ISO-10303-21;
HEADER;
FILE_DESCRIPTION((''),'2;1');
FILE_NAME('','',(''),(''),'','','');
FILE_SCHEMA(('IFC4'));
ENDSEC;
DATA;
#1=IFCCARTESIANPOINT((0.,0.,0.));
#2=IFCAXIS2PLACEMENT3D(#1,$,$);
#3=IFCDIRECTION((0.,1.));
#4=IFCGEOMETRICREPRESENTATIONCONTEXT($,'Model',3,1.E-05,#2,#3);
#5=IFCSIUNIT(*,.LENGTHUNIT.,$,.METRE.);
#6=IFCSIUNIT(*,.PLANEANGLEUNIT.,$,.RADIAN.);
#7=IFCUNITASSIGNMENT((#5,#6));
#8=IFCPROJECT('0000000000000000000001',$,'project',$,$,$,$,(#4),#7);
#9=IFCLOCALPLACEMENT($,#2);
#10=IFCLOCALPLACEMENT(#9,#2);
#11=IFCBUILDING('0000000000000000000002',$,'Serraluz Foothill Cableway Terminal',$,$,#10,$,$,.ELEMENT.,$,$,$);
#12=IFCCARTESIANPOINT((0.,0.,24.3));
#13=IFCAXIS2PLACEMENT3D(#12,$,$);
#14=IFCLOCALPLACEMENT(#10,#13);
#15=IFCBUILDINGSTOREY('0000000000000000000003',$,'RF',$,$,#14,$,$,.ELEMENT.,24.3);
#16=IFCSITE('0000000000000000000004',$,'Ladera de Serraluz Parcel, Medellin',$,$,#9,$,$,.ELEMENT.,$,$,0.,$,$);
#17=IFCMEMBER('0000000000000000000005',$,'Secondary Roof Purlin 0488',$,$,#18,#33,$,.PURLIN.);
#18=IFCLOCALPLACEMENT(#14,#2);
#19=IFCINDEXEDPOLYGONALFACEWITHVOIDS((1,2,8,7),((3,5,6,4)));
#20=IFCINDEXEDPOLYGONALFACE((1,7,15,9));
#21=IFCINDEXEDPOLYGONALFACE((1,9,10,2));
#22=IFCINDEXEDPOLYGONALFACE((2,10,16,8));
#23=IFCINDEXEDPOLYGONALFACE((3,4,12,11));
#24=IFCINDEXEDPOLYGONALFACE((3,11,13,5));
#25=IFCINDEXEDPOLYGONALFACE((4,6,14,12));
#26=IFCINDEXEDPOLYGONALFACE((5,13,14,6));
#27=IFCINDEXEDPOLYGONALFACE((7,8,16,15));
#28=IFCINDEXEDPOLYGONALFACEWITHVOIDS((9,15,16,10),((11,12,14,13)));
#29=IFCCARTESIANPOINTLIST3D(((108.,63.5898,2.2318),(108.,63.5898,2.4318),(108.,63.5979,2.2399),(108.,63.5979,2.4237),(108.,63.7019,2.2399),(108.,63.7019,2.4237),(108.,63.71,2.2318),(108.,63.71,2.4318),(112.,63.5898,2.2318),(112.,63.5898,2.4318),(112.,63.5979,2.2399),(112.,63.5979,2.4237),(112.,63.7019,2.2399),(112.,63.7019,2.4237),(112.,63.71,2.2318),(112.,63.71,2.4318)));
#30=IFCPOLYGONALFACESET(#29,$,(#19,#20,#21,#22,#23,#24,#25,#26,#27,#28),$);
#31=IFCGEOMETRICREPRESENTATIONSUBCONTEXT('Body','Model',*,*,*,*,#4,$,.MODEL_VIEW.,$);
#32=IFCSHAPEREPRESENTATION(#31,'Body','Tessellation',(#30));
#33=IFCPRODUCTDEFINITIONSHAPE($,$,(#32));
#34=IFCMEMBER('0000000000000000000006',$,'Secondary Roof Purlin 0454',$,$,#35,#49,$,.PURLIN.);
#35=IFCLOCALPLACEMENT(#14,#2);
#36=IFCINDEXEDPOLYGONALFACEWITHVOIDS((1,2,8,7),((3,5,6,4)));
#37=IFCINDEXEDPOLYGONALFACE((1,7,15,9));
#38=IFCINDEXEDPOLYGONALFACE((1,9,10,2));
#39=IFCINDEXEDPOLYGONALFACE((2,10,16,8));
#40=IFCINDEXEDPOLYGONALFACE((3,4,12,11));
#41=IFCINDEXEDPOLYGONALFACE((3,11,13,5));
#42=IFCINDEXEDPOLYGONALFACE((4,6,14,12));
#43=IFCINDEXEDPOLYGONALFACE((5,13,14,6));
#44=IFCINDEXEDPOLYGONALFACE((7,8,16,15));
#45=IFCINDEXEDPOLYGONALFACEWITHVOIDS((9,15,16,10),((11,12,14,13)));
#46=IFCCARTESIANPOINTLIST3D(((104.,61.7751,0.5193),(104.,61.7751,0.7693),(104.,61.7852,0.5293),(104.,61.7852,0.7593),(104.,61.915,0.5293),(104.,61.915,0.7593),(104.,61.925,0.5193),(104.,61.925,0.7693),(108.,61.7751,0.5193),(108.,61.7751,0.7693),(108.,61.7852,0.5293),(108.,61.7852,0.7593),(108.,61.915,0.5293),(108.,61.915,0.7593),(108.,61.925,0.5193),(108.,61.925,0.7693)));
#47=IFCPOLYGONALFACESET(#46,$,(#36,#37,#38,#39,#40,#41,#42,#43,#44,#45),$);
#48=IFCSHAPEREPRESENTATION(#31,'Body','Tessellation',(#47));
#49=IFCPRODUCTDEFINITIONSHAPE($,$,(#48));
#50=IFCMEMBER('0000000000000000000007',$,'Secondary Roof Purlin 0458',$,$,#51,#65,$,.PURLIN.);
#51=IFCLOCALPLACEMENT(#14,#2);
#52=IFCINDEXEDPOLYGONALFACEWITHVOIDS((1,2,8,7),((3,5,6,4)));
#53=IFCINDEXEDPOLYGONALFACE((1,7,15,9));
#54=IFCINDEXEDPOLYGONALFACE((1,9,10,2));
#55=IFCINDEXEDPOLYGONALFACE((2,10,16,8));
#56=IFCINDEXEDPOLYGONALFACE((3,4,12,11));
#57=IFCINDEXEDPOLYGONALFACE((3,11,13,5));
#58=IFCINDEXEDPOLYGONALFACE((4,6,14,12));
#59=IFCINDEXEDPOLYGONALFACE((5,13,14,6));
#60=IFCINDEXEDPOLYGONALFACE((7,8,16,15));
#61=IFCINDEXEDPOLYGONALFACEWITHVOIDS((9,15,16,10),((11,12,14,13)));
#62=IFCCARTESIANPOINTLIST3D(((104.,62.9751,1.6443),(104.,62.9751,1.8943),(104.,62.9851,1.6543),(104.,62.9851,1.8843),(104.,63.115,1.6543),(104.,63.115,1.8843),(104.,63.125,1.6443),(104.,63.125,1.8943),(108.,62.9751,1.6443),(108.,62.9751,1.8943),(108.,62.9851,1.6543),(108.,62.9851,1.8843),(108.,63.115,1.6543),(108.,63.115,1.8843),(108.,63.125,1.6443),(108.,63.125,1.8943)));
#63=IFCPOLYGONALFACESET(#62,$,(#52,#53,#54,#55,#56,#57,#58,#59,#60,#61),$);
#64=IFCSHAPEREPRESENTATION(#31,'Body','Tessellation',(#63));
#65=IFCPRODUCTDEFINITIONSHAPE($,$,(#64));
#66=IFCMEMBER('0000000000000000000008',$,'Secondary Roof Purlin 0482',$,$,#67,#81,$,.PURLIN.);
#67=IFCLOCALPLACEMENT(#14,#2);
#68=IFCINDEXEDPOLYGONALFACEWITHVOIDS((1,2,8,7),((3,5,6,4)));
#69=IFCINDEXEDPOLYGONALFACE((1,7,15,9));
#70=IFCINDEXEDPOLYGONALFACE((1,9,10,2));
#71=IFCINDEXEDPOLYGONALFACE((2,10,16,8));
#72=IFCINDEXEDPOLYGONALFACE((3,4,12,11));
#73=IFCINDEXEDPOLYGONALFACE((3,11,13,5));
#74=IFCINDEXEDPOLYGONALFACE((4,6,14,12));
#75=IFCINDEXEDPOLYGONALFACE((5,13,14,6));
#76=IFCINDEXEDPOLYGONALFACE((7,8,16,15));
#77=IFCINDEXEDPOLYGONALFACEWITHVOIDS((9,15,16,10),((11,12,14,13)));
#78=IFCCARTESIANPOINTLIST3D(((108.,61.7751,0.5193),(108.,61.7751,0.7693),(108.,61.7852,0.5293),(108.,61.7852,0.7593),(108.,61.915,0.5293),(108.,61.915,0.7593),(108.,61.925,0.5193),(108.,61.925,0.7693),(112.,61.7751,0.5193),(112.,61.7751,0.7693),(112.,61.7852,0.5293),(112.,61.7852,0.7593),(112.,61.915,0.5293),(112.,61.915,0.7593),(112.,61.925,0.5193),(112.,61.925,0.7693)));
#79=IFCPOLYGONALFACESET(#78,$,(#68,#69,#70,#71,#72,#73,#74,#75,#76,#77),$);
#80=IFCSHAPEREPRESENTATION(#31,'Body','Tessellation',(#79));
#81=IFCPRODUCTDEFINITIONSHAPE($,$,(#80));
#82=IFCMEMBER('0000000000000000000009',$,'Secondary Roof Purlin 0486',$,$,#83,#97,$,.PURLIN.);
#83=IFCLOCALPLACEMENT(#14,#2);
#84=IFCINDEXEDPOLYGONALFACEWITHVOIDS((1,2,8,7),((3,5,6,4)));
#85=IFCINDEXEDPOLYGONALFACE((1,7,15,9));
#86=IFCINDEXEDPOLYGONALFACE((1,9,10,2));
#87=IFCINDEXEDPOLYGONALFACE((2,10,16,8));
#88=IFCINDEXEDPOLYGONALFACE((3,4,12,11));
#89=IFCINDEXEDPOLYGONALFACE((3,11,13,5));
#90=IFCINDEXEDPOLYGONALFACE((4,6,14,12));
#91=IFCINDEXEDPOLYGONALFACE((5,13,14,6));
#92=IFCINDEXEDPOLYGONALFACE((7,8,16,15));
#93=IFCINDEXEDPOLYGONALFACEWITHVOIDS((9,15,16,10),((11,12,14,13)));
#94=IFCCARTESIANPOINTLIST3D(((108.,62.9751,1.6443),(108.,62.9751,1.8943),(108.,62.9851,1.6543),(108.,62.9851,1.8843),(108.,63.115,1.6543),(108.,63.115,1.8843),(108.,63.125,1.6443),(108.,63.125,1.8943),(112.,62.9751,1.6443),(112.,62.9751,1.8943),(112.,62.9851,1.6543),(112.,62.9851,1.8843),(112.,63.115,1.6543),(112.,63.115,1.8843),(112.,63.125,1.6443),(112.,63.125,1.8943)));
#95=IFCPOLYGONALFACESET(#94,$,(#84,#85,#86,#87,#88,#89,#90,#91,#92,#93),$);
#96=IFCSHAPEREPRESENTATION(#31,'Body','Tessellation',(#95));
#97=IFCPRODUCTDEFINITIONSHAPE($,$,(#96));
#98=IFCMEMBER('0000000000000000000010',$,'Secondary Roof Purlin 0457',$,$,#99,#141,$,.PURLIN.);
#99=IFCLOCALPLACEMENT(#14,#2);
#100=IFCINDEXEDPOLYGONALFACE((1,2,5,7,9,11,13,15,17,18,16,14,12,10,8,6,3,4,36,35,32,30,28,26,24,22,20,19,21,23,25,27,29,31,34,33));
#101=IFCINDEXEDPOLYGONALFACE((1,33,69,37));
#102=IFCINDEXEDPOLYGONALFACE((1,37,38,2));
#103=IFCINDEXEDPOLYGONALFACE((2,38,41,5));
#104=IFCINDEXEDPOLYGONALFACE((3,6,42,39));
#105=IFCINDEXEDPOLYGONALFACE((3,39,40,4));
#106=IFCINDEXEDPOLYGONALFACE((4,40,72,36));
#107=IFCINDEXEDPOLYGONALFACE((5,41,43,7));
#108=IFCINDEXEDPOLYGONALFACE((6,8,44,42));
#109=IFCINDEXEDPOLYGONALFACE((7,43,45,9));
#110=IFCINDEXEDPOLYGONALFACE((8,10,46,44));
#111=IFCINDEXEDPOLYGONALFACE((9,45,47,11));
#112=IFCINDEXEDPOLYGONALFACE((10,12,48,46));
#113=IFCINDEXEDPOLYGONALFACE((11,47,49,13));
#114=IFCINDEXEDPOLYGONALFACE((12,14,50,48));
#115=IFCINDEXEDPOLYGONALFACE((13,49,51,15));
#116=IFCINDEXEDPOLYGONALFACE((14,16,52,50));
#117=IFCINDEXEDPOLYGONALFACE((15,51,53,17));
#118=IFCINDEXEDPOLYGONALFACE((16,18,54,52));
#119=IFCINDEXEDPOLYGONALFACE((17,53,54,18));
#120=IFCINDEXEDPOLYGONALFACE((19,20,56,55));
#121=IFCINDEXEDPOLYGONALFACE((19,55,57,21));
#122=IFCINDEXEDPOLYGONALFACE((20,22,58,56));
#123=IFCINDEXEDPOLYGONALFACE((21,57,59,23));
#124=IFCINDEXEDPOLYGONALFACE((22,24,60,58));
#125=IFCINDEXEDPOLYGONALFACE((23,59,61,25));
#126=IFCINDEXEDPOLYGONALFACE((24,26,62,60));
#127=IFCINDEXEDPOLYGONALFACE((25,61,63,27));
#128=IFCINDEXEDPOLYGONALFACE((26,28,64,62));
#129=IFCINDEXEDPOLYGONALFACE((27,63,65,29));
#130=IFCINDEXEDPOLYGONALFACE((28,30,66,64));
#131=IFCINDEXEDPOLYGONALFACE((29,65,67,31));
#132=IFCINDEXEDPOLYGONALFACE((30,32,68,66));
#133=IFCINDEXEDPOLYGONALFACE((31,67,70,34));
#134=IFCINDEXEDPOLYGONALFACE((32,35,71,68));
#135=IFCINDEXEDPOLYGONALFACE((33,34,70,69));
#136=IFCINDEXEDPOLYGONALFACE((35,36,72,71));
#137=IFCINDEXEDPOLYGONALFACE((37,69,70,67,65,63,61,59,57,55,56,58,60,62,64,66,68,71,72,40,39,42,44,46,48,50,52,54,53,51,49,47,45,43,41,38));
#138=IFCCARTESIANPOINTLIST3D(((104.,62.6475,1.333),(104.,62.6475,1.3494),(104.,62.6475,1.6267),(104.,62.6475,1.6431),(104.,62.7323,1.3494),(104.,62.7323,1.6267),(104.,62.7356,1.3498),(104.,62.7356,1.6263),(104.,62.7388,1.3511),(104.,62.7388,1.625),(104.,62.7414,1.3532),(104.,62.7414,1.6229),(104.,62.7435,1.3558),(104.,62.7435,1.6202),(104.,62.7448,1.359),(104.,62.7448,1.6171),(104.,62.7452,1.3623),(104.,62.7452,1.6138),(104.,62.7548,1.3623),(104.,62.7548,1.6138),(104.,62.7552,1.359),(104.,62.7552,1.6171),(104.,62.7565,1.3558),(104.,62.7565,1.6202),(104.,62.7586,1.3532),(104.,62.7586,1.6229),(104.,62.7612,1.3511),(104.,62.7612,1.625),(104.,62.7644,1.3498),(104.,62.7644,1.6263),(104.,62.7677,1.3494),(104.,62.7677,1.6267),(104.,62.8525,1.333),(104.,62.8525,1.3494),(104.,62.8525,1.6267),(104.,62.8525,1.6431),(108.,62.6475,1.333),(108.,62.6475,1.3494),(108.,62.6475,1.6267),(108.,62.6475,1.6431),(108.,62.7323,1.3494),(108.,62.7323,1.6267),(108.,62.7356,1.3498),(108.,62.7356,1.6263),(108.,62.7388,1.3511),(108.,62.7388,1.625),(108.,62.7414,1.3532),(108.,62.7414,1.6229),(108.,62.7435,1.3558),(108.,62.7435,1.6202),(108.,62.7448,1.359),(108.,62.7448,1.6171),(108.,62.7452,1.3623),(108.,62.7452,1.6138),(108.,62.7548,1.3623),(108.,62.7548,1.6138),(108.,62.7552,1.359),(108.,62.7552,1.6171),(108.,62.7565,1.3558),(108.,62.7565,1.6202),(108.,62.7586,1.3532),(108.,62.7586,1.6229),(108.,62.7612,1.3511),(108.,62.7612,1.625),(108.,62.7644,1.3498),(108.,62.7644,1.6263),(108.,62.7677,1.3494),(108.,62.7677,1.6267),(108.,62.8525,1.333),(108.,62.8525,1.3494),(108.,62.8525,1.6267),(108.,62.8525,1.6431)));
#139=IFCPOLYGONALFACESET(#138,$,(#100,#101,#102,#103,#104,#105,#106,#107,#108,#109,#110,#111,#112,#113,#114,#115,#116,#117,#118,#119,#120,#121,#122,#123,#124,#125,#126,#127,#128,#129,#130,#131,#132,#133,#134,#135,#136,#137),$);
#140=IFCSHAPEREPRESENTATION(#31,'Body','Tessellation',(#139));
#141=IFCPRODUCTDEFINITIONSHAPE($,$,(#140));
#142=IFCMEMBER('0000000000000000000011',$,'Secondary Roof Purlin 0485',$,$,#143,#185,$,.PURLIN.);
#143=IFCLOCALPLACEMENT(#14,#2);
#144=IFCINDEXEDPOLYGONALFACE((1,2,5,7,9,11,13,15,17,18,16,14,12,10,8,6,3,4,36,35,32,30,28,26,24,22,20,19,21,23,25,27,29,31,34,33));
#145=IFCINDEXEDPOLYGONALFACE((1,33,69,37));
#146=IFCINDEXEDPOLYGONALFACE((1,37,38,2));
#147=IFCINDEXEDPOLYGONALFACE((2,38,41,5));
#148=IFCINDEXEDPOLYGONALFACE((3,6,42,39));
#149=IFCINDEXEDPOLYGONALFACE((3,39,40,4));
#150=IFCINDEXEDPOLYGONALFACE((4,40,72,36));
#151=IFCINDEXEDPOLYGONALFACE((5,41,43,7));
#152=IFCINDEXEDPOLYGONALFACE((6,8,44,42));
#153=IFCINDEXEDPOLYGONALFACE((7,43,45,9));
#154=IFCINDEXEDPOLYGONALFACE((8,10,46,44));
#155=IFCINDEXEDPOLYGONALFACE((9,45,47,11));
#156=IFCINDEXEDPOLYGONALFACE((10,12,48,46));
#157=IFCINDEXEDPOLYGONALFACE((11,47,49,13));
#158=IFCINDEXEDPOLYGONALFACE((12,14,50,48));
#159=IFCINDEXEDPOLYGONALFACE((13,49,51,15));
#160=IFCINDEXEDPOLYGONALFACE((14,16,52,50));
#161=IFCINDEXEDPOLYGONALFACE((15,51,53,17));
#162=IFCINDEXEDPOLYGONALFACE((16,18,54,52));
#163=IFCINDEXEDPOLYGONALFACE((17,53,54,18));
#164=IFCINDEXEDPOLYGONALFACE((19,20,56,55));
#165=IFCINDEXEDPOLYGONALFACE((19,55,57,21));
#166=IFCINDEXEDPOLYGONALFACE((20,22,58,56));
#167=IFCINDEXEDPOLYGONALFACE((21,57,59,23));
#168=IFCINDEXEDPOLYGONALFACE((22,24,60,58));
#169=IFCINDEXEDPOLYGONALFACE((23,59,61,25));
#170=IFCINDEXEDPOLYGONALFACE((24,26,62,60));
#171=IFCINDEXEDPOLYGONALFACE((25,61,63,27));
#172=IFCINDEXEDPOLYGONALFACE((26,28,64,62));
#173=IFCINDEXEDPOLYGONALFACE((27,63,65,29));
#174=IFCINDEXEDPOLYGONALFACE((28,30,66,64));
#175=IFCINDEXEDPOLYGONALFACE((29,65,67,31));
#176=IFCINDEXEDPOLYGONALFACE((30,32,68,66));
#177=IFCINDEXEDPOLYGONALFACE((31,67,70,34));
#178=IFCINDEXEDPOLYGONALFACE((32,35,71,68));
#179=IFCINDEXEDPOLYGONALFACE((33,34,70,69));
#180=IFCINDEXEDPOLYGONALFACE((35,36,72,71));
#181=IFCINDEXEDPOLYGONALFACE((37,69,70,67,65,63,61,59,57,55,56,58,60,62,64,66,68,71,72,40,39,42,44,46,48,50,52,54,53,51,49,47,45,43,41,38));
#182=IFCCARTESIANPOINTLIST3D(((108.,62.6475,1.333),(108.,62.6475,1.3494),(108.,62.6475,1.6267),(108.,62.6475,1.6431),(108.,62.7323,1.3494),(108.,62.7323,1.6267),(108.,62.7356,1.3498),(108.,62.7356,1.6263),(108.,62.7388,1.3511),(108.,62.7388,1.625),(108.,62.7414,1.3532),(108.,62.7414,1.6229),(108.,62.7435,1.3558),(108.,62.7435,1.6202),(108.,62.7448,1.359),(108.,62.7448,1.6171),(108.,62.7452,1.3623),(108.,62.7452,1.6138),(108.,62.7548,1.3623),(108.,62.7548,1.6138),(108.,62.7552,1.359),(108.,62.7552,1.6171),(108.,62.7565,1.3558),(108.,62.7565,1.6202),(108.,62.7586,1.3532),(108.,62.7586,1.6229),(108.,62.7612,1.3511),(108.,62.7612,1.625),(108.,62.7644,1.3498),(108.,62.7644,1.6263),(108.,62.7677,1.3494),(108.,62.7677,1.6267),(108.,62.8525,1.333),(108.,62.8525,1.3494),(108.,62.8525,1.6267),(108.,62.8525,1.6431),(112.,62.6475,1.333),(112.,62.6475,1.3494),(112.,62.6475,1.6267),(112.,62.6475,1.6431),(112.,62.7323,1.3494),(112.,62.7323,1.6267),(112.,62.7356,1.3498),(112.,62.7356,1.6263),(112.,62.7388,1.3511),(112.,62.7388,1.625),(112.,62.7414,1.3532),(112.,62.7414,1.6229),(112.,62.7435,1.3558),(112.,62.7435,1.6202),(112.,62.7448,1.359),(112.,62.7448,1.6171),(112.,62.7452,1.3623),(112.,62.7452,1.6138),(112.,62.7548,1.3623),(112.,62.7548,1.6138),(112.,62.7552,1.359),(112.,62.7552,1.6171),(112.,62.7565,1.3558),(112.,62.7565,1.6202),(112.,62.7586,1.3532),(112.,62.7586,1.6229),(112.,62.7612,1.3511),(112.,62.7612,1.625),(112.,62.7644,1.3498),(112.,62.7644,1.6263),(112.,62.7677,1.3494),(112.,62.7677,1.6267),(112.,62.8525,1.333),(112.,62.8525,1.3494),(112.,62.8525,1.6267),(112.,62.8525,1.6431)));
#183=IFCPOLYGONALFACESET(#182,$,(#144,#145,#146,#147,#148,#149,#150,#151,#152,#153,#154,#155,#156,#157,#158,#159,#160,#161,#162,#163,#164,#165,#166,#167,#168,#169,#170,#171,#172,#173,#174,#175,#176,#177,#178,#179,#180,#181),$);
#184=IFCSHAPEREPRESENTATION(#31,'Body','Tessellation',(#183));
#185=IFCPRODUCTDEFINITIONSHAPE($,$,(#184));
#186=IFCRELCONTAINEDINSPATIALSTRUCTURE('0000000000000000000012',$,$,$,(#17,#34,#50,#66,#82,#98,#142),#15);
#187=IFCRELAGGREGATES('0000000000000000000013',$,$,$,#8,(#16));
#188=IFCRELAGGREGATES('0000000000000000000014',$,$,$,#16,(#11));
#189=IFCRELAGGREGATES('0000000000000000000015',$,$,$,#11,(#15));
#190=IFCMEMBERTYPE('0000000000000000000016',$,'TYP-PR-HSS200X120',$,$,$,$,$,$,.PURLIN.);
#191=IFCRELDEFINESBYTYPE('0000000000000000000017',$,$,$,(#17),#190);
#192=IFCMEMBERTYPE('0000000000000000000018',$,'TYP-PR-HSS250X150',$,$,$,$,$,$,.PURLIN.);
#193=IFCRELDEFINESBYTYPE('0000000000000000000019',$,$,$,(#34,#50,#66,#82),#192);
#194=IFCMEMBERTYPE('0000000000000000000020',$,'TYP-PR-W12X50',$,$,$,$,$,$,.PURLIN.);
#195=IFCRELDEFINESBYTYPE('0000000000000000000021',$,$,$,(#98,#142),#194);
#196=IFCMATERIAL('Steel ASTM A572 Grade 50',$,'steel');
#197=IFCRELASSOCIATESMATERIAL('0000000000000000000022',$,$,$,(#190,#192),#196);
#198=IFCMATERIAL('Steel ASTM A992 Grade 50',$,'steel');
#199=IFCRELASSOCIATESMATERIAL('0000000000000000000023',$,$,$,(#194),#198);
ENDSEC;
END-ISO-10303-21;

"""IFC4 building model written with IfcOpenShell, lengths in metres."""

from ifc_helpers import new_model, si_unit, direction, frame, origin, origin_2d, place, context, subcontext, project, spatial, hollow_rectangle, i_section, extrude, material, material_profile, profile_set, type_object, element, save


model = new_model("IFC4")

# Units and contexts
model_context = context("Model", 3, precision=1e-05, world=origin(), true_north=direction((0.0, 1.0)))
body_context = subcontext(model_context, "Body", "Model", "MODEL_VIEW")
ifc_project = project(units=[si_unit("LENGTHUNIT", "METRE"), si_unit("PLANEANGLEUNIT", "RADIAN")], contexts=[model_context])

# Site, building, storey
site_placement = place(None, origin())
site = spatial("IfcSite", under=ifc_project, at=site_placement, Name="Ladera de Serraluz Parcel, Medellin", CompositionType="ELEMENT", RefElevation=0.0)
building_placement = place(site_placement, origin())
building = spatial("IfcBuilding", under=site, at=building_placement, Name="Serraluz Foothill Cableway Terminal", CompositionType="ELEMENT")
storey_placement = place(building_placement, frame((0.0, 0.0, 24.3)))
storey = spatial("IfcBuildingStorey", under=building, at=storey_placement, Name="RF", CompositionType="ELEMENT", Elevation=24.3)

# Members
ifc_material_1 = material(Name="Steel ASTM A572 Grade 50", Category="steel")
ifc_material_profile_1 = material_profile(ifc_material_1, hollow_rectangle(XDim=0.1201, YDim=0.2, WallThickness=0.0081, at=origin_2d()), Name="HSS200X120X8")
ifc_profile_set_1 = profile_set([ifc_material_profile_1], Name="Steel ASTM A572 Grade 50")
member_type_1 = type_object("IfcMemberType", Name="TYP-PR-HSS200X120", PredefinedType="PURLIN", material=ifc_profile_set_1)
for number, where, z_axis, x_axis, name in (
    (1, (108.0, 63.6499, 2.3318), (1.0, 0.0, 0.0), (0.0, 1.0, 0.0), "Secondary Roof Purlin 0488"),
):
    element("IfcMember", number, at=place(storey_placement, frame(where, z_axis=z_axis, x_axis=x_axis)), inside=storey, type_object=member_type_1, Name=name, PredefinedType="PURLIN", context=body_context, shape_type="SweptSolid", body=[
        extrude(hollow_rectangle(XDim=0.1201, YDim=0.2, WallThickness=0.0081, at=origin_2d()), origin(), (0.0, 0.0, 1.0), 4.0),
    ])
ifc_material_profile_2 = material_profile(ifc_material_1, hollow_rectangle(XDim=0.1499, YDim=0.25, WallThickness=0.01, at=origin_2d()), Name="HSS250X150X10")
ifc_profile_set_2 = profile_set([ifc_material_profile_2], Name="Steel ASTM A572 Grade 50")
member_type_2 = type_object("IfcMemberType", Name="TYP-PR-HSS250X150", PredefinedType="PURLIN", material=ifc_profile_set_2)
for number, where, z_axis, x_axis, name in (
    (2, (104.0, 61.8501, 0.6443), (1.0, 0.0, 0.0), (0.0, 1.0, 0.0), "Secondary Roof Purlin 0454"),
    (3, (104.0, 63.05, 1.7693), (1.0, 0.0, 0.0), (0.0, 1.0, 0.0), "Secondary Roof Purlin 0458"),
    (4, (108.0, 61.8501, 0.6443), (1.0, 0.0, 0.0), (0.0, 1.0, 0.0), "Secondary Roof Purlin 0482"),
    (5, (108.0, 63.05, 1.7693), (1.0, 0.0, 0.0), (0.0, 1.0, 0.0), "Secondary Roof Purlin 0486"),
):
    element("IfcMember", number, at=place(storey_placement, frame(where, z_axis=z_axis, x_axis=x_axis)), inside=storey, type_object=member_type_2, Name=name, PredefinedType="PURLIN", context=body_context, shape_type="SweptSolid", body=[
        extrude(hollow_rectangle(XDim=0.1499, YDim=0.25, WallThickness=0.01, at=origin_2d()), origin(), (0.0, 0.0, 1.0), 4.0),
    ])
ifc_material_2 = material(Name="Steel ASTM A992 Grade 50", Category="steel")
ifc_material_profile_3 = material_profile(ifc_material_2, i_section(OverallWidth=0.2051, OverallDepth=0.3101, WebThickness=0.0095, FlangeThickness=0.0164, FilletRadius=0.0129, at=origin_2d()), Name="W12X50")
ifc_profile_set_3 = profile_set([ifc_material_profile_3], Name="Steel ASTM A992 Grade 50")
member_type_3 = type_object("IfcMemberType", Name="TYP-PR-W12X50", PredefinedType="PURLIN", material=ifc_profile_set_3)
for number, where, z_axis, x_axis, name in (
    (6, (104.0, 62.75, 1.488), (1.0, 0.0, 0.0), (0.0, 1.0, 0.0), "Secondary Roof Purlin 0457"),
    (7, (108.0, 62.75, 1.488), (1.0, 0.0, 0.0), (0.0, 1.0, 0.0), "Secondary Roof Purlin 0485"),
):
    element("IfcMember", number, at=place(storey_placement, frame(where, z_axis=z_axis, x_axis=x_axis)), inside=storey, type_object=member_type_3, Name=name, PredefinedType="PURLIN", context=body_context, shape_type="SweptSolid", body=[
        extrude(i_section(OverallWidth=0.2051, OverallDepth=0.3101, WebThickness=0.0095, FlangeThickness=0.0164, FilletRadius=0.0129, at=origin_2d()), origin(), (0.0, 0.0, 1.0), 4.0),
    ])

save(model, "model.ifc")
